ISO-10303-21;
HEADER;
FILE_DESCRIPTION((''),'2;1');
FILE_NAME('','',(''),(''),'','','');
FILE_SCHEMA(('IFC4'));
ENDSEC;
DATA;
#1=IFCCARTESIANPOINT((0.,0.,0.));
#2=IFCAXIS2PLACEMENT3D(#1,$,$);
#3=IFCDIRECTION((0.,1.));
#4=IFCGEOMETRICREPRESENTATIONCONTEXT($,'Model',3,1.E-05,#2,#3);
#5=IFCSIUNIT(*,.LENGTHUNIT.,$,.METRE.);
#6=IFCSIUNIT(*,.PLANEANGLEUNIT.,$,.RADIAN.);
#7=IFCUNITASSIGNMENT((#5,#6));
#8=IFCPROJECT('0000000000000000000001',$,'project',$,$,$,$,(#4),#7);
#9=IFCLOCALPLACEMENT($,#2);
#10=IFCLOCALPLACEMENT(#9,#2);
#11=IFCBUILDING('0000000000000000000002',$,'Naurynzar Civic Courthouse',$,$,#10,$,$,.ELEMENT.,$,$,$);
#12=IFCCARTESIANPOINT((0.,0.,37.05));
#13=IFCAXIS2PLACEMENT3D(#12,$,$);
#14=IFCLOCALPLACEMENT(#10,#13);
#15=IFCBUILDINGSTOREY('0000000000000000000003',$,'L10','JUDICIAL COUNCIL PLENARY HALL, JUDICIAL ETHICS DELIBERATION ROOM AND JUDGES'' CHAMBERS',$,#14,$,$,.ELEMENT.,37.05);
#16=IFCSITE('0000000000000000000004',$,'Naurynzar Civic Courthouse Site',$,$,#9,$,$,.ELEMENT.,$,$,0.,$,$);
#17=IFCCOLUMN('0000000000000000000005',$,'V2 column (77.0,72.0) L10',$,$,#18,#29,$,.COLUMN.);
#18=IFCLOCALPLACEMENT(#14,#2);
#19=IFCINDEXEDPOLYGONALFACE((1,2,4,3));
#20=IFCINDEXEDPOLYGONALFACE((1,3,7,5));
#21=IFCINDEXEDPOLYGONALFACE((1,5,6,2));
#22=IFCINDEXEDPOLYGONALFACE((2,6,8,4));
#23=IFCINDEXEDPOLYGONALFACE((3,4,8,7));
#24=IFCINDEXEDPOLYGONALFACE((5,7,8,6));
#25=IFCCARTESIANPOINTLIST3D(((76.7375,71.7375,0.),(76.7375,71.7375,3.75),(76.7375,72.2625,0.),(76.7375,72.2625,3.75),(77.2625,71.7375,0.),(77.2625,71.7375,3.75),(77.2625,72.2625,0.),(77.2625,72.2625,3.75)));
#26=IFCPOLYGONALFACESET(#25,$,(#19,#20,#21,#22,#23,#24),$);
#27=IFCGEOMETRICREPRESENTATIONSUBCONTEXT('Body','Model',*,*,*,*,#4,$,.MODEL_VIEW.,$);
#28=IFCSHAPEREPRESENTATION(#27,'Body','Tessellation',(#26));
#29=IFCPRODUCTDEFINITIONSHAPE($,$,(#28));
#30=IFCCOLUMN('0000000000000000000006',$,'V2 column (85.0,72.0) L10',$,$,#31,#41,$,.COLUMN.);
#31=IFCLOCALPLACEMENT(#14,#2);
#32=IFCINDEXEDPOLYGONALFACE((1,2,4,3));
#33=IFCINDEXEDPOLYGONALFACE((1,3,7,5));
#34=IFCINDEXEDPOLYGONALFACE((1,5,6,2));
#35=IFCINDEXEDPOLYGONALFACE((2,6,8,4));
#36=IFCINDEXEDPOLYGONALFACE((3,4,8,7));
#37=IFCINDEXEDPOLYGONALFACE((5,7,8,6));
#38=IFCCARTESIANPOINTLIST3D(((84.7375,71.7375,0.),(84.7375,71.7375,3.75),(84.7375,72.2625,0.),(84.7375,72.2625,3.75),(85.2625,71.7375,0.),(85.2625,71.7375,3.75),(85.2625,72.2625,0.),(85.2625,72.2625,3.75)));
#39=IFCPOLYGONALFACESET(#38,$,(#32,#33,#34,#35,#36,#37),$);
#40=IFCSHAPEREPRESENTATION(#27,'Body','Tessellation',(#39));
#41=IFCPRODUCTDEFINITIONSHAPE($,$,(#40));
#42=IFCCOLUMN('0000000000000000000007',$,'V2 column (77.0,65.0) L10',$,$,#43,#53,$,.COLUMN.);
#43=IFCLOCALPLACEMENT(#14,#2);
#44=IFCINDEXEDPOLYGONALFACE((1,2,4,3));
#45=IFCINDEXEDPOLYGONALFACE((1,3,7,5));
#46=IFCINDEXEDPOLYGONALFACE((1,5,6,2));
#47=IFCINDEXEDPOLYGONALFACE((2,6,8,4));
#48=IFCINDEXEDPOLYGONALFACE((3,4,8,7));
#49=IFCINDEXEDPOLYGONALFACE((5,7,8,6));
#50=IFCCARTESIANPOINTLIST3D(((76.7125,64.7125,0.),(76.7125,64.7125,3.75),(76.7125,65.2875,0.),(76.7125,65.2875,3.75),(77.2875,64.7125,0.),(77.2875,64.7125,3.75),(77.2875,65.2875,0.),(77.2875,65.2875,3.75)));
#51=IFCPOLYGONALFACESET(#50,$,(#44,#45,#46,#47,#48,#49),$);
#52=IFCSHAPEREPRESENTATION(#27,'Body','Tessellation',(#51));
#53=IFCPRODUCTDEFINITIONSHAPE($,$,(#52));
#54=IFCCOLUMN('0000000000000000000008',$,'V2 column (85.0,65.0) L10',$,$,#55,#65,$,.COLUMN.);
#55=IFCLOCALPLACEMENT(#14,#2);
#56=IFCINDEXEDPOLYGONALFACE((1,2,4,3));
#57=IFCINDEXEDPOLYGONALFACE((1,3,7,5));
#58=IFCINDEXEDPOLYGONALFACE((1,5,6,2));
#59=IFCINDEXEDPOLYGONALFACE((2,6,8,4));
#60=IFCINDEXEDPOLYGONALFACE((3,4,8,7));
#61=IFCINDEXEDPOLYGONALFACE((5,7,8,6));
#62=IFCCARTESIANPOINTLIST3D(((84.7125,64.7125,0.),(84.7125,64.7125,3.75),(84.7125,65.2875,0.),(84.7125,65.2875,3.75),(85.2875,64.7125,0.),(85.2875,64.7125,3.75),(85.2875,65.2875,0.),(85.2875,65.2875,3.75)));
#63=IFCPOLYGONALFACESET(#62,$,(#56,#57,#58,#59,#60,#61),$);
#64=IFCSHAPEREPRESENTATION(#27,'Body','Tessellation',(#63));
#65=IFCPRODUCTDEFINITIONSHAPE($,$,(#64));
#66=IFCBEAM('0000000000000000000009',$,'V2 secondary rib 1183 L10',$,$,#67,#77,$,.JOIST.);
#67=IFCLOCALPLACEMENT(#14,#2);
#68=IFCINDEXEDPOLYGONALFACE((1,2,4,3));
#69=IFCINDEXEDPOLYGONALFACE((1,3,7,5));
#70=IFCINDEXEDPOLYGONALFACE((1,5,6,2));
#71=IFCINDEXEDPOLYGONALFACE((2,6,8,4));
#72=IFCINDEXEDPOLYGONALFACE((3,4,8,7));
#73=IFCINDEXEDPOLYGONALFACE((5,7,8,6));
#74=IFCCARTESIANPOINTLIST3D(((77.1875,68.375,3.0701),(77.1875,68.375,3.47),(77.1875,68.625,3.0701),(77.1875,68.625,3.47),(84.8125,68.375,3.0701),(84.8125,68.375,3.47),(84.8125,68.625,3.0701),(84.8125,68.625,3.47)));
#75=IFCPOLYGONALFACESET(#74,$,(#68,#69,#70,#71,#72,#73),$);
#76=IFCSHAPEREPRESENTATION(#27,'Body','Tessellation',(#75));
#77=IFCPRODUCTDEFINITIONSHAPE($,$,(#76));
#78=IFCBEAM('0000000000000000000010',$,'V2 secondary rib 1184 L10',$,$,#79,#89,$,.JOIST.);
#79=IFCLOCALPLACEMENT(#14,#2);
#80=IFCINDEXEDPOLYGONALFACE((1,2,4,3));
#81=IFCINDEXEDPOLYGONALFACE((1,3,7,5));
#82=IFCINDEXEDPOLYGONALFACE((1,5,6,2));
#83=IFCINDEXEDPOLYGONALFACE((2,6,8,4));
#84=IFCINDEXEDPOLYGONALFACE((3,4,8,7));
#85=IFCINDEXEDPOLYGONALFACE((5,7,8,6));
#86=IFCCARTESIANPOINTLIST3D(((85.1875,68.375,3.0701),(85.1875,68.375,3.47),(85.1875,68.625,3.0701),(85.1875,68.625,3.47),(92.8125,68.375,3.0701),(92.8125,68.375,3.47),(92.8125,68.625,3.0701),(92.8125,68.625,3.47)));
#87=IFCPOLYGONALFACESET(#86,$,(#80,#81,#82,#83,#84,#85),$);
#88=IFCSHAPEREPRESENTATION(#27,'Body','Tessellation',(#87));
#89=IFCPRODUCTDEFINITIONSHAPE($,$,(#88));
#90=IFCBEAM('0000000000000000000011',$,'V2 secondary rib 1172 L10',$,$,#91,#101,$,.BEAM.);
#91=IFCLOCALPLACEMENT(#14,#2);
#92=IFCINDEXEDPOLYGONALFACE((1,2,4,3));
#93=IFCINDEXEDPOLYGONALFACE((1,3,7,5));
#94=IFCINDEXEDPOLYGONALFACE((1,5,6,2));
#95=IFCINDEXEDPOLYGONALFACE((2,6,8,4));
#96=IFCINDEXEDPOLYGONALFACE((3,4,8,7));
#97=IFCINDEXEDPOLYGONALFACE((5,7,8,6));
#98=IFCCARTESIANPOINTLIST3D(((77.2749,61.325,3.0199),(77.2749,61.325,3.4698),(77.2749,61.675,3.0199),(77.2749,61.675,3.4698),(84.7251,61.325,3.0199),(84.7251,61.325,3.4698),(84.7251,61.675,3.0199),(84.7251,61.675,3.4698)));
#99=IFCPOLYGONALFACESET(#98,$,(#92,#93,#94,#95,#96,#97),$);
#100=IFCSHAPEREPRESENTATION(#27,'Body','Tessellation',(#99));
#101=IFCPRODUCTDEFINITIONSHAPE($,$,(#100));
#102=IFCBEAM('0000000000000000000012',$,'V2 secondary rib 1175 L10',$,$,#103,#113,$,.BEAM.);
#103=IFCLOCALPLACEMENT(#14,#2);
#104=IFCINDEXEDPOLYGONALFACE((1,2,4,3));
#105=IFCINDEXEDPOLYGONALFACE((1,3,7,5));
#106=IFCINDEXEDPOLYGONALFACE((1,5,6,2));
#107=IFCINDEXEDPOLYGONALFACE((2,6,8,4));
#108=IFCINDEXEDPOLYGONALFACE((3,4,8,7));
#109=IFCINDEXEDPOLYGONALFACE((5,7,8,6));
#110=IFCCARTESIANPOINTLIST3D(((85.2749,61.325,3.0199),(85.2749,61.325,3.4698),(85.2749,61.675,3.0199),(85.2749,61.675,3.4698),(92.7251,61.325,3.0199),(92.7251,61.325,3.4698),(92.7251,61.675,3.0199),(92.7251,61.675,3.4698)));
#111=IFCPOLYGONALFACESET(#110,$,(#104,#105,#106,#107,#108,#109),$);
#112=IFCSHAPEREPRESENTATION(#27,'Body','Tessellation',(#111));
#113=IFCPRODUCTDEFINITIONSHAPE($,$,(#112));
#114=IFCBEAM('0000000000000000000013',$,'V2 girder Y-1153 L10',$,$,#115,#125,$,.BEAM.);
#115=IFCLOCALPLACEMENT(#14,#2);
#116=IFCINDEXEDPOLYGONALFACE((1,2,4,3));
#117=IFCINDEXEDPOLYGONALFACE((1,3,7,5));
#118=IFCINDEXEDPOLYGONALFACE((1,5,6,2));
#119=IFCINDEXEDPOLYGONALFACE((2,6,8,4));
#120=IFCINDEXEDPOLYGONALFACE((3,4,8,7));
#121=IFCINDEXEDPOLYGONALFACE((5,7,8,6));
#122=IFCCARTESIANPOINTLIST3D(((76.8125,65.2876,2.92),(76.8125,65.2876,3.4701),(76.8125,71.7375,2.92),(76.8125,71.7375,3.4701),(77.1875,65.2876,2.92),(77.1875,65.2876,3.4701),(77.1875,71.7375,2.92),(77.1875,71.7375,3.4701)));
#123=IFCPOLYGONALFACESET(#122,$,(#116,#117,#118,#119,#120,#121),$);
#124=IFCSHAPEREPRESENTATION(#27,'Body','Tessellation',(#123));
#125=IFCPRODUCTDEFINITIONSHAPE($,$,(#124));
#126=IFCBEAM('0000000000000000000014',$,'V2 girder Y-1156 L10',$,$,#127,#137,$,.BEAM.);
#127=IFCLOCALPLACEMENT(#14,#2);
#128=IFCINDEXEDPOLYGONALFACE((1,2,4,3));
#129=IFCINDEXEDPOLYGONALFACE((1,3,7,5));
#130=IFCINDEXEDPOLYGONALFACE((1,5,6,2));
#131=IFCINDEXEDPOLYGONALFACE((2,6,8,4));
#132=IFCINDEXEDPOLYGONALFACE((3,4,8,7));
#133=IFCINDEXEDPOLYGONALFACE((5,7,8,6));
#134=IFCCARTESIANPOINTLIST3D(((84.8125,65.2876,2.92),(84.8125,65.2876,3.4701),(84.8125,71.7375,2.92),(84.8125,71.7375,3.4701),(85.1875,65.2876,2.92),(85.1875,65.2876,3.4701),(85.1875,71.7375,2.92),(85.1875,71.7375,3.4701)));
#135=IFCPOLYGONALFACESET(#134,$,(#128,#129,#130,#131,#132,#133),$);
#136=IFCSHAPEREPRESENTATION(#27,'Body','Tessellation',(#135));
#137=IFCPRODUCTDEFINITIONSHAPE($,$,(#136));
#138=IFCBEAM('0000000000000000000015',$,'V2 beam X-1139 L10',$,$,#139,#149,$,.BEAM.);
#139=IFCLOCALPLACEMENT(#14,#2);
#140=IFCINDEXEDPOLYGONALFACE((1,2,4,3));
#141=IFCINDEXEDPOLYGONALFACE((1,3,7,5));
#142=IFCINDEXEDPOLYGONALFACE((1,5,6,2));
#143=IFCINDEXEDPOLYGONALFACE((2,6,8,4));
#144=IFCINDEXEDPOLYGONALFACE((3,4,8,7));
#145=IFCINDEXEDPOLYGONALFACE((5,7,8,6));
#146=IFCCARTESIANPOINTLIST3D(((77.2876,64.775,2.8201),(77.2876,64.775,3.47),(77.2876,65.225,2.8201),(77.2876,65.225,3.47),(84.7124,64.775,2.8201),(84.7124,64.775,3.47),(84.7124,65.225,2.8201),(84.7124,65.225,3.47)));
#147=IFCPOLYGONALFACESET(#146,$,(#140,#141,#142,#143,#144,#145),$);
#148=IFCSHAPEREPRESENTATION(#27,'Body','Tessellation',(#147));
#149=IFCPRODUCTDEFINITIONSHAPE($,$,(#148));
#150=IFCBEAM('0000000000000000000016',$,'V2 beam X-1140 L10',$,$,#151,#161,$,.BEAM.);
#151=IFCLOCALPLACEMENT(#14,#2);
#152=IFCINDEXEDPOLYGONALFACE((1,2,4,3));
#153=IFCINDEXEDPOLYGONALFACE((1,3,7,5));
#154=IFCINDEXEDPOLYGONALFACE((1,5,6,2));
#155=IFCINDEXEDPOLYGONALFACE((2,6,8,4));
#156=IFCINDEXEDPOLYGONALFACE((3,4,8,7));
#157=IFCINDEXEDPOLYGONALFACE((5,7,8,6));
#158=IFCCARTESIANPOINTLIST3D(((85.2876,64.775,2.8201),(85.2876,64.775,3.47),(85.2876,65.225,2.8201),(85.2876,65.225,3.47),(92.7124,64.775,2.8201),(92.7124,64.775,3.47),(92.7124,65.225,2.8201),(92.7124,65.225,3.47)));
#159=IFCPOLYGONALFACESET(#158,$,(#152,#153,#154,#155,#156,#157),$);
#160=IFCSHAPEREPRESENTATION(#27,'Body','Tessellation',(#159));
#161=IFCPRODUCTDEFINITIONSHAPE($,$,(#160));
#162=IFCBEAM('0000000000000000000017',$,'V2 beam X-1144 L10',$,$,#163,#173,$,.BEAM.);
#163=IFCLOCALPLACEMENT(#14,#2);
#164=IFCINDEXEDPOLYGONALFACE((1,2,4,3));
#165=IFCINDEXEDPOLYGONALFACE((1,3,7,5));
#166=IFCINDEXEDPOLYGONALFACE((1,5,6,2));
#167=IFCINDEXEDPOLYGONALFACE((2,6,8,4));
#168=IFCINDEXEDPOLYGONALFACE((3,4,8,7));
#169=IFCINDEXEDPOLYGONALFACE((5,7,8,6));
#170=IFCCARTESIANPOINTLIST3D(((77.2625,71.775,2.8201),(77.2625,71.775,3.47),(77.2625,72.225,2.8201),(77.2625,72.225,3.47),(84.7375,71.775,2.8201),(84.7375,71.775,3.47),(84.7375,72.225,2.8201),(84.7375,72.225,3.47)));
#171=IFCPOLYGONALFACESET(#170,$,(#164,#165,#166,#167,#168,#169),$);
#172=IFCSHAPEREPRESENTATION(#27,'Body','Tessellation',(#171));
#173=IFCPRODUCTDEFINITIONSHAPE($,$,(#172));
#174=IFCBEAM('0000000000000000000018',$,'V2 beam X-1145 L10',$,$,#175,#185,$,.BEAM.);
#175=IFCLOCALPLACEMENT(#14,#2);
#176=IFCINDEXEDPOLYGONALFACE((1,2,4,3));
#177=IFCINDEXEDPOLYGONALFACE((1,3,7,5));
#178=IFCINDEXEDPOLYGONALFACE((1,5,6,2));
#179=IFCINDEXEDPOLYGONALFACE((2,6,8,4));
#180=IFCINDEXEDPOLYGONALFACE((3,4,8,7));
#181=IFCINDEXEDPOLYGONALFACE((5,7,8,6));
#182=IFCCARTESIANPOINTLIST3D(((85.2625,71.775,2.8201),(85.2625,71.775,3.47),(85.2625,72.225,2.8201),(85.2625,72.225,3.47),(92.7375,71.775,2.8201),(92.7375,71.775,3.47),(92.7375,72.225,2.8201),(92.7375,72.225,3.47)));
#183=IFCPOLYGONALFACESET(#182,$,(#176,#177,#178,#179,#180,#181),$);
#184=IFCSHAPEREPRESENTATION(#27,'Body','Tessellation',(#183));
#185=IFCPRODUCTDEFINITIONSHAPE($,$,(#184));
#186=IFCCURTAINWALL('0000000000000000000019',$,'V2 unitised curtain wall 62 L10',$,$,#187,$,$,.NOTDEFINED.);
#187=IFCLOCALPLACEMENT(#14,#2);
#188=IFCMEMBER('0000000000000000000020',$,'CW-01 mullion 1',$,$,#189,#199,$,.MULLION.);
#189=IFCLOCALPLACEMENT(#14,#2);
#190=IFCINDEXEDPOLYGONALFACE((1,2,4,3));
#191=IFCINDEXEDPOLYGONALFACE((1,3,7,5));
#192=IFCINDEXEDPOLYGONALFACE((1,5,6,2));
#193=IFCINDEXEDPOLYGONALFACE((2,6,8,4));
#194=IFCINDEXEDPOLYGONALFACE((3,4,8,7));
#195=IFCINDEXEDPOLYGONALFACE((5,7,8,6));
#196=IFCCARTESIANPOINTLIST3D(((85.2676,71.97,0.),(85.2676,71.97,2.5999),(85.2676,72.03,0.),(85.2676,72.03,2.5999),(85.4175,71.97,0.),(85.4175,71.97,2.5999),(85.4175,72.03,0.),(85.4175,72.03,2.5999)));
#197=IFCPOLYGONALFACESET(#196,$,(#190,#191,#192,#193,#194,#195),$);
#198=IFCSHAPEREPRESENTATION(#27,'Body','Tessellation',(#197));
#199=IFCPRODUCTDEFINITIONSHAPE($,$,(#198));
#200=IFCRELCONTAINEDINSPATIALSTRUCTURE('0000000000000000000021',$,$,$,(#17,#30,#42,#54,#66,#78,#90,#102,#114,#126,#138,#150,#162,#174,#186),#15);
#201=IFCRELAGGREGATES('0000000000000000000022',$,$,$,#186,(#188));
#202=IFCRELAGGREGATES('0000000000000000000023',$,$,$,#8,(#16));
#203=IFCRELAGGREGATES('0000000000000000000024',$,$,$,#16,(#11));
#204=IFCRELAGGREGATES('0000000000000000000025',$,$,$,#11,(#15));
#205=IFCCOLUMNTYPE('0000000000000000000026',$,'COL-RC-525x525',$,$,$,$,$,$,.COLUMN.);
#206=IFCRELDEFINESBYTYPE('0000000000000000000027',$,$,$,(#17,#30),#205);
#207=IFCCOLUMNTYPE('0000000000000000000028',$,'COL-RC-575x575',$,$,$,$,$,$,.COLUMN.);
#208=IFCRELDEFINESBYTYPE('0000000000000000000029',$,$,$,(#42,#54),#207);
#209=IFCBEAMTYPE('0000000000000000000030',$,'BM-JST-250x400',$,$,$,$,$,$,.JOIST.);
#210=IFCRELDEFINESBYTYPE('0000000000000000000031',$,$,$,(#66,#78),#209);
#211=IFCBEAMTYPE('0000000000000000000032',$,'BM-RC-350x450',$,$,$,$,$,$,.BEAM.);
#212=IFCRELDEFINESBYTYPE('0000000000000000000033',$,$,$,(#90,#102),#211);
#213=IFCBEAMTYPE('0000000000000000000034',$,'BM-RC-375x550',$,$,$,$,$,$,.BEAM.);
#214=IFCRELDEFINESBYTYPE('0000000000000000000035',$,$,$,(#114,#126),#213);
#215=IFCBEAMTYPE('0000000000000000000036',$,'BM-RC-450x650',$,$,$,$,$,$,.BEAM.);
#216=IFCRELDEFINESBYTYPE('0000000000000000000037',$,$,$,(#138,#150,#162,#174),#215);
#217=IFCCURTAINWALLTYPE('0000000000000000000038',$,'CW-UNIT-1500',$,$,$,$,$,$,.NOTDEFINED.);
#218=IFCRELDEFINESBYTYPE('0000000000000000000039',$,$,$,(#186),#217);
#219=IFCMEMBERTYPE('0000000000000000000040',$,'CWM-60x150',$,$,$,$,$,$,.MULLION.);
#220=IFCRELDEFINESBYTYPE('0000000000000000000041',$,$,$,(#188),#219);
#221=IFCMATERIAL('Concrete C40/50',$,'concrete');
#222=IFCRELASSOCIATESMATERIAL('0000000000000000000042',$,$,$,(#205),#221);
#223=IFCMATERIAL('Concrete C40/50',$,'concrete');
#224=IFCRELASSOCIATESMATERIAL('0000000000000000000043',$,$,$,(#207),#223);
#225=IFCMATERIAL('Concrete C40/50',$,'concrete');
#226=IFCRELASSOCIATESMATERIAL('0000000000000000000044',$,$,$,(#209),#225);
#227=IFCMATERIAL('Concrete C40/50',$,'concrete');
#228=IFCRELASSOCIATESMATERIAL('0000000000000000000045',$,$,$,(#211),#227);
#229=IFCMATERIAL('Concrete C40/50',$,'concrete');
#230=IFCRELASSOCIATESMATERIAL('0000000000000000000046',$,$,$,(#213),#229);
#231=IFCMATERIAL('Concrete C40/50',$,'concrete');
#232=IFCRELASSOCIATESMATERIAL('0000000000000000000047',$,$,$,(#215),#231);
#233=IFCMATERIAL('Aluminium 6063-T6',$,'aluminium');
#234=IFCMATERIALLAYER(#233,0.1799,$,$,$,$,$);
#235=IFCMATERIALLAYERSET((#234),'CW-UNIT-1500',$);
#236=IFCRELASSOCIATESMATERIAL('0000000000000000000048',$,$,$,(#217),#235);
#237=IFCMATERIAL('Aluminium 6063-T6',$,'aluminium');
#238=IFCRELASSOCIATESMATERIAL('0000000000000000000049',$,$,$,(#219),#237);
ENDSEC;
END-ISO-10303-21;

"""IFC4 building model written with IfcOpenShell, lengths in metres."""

from ifc_helpers import new_model, si_unit, direction, frame, origin, origin_2d, place, context, subcontext, project, spatial, rectangle, extrude, material, layer, layer_set, material_profile, profile_set, type_object, element, aggregate, save


model = new_model("IFC4")

# Units and contexts
model_context = context("Model", 3, precision=1e-05, world=origin(), true_north=direction((0.0, 1.0)))
body_context = subcontext(model_context, "Body", "Model", "MODEL_VIEW")
ifc_project = project(units=[si_unit("LENGTHUNIT", "METRE"), si_unit("PLANEANGLEUNIT", "RADIAN")], contexts=[model_context])

# Site, building, storey
site_placement = place(None, origin())
site = spatial("IfcSite", under=ifc_project, at=site_placement, Name="Naurynzar Civic Courthouse Site", CompositionType="ELEMENT", RefElevation=0.0)
building_placement = place(site_placement, origin())
building = spatial("IfcBuilding", under=site, at=building_placement, Name="Naurynzar Civic Courthouse", CompositionType="ELEMENT")
storey_placement = place(building_placement, frame((0.0, 0.0, 37.05)))
storey = spatial("IfcBuildingStorey", under=building, at=storey_placement, Name="L10", Description="JUDICIAL COUNCIL PLENARY HALL, JUDICIAL ETHICS DELIBERATION ROOM AND JUDGES' CHAMBERS", CompositionType="ELEMENT", Elevation=37.05)

# Columns
ifc_material_1 = material(Name="Concrete C40/50", Category="concrete")
ifc_material_profile_1 = material_profile(ifc_material_1, rectangle(XDim=0.5249, YDim=0.5249, at=origin_2d()), Name="RC 525x525")
ifc_profile_set_1 = profile_set([ifc_material_profile_1], Name="Concrete C40/50")
column_type_1 = type_object("IfcColumnType", Name="COL-RC-525x525", PredefinedType="COLUMN", material=ifc_profile_set_1)
for number, where, z_axis, x_axis, name in (
    (1, (77.0, 72.0, 0.0), (0.0, 0.0, 1.0), (1.0, 0.0, 0.0), "V2 column (77.0,72.0) L10"),
    (2, (85.0, 72.0, 0.0), (0.0, 0.0, 1.0), (1.0, 0.0, 0.0), "V2 column (85.0,72.0) L10"),
):
    element("IfcColumn", number, at=place(storey_placement, frame(where, z_axis=z_axis, x_axis=x_axis)), inside=storey, type_object=column_type_1, Name=name, PredefinedType="COLUMN", context=body_context, shape_type="SweptSolid", body=[
        extrude(rectangle(XDim=0.5249, YDim=0.5249, at=origin_2d()), origin(), (0.0, 0.0, 1.0), 3.75),
    ])
ifc_material_2 = material(Name="Concrete C40/50", Category="concrete")
ifc_material_profile_2 = material_profile(ifc_material_2, rectangle(XDim=0.575, YDim=0.575, at=origin_2d()), Name="RC 575x575")
ifc_profile_set_2 = profile_set([ifc_material_profile_2], Name="Concrete C40/50")
column_type_2 = type_object("IfcColumnType", Name="COL-RC-575x575", PredefinedType="COLUMN", material=ifc_profile_set_2)
for number, where, z_axis, x_axis, name in (
    (3, (77.0, 65.0, 0.0), (0.0, 0.0, 1.0), (1.0, 0.0, 0.0), "V2 column (77.0,65.0) L10"),
    (4, (85.0, 65.0, 0.0), (0.0, 0.0, 1.0), (1.0, 0.0, 0.0), "V2 column (85.0,65.0) L10"),
):
    element("IfcColumn", number, at=place(storey_placement, frame(where, z_axis=z_axis, x_axis=x_axis)), inside=storey, type_object=column_type_2, Name=name, PredefinedType="COLUMN", context=body_context, shape_type="SweptSolid", body=[
        extrude(rectangle(XDim=0.575, YDim=0.575, at=origin_2d()), origin(), (0.0, 0.0, 1.0), 3.75),
    ])

# Beams
ifc_material_3 = material(Name="Concrete C40/50", Category="concrete")
ifc_material_profile_3 = material_profile(ifc_material_3, rectangle(XDim=0.25, YDim=0.3999, at=origin_2d()), Name="RCB 250x400")
ifc_profile_set_3 = profile_set([ifc_material_profile_3], Name="Concrete C40/50")
beam_type_1 = type_object("IfcBeamType", Name="BM-JST-250x400", PredefinedType="JOIST", material=ifc_profile_set_3)
for number, where, z_axis, x_axis, name in (
    (5, (77.1875, 68.5, 3.27), (1.0, 0.0, 0.0), (0.0, 1.0, 0.0), "V2 secondary rib 1183 L10"),
    (6, (85.1875, 68.5, 3.27), (1.0, 0.0, 0.0), (0.0, 1.0, 0.0), "V2 secondary rib 1184 L10"),
):
    element("IfcBeam", number, at=place(storey_placement, frame(where, z_axis=z_axis, x_axis=x_axis)), inside=storey, type_object=beam_type_1, Name=name, PredefinedType="JOIST", context=body_context, shape_type="SweptSolid", body=[
        extrude(rectangle(XDim=0.25, YDim=0.3999, at=origin_2d()), origin(), (0.0, 0.0, 1.0), 7.625),
    ])
ifc_material_4 = material(Name="Concrete C40/50", Category="concrete")
ifc_material_profile_4 = material_profile(ifc_material_4, rectangle(XDim=0.3501, YDim=0.45, at=origin_2d()), Name="RCB 350x450")
ifc_profile_set_4 = profile_set([ifc_material_profile_4], Name="Concrete C40/50")
beam_type_2 = type_object("IfcBeamType", Name="BM-RC-350x450", PredefinedType="BEAM", material=ifc_profile_set_4)
for number, where, z_axis, x_axis, name in (
    (7, (77.2749, 61.5, 3.2449), (1.0, 0.0, 0.0), (0.0, 1.0, 0.0), "V2 secondary rib 1172 L10"),
    (8, (85.2749, 61.5, 3.2449), (1.0, 0.0, 0.0), (0.0, 1.0, 0.0), "V2 secondary rib 1175 L10"),
):
    element("IfcBeam", number, at=place(storey_placement, frame(where, z_axis=z_axis, x_axis=x_axis)), inside=storey, type_object=beam_type_2, Name=name, PredefinedType="BEAM", context=body_context, shape_type="SweptSolid", body=[
        extrude(rectangle(XDim=0.3501, YDim=0.45, at=origin_2d()), origin(), (0.0, 0.0, 1.0), 7.4502),
    ])
ifc_material_5 = material(Name="Concrete C40/50", Category="concrete")
ifc_material_profile_5 = material_profile(ifc_material_5, rectangle(XDim=0.375, YDim=0.55, at=origin_2d()), Name="RCB 375x550")
ifc_profile_set_5 = profile_set([ifc_material_profile_5], Name="Concrete C40/50")
beam_type_3 = type_object("IfcBeamType", Name="BM-RC-375x550", PredefinedType="BEAM", material=ifc_profile_set_5)
for number, where, z_axis, x_axis, name in (
    (9, (77.0, 65.2876, 3.1951), (0.0, 1.0, 0.0), (-1.0, 0.0, 0.0), "V2 girder Y-1153 L10"),
    (10, (85.0, 65.2876, 3.1951), (0.0, 1.0, 0.0), (-1.0, 0.0, 0.0), "V2 girder Y-1156 L10"),
):
    element("IfcBeam", number, at=place(storey_placement, frame(where, z_axis=z_axis, x_axis=x_axis)), inside=storey, type_object=beam_type_3, Name=name, PredefinedType="BEAM", context=body_context, shape_type="SweptSolid", body=[
        extrude(rectangle(XDim=0.375, YDim=0.55, at=origin_2d()), origin(), (0.0, 0.0, 1.0), 6.45),
    ])
ifc_material_6 = material(Name="Concrete C40/50", Category="concrete")
ifc_material_profile_6 = material_profile(ifc_material_6, rectangle(XDim=0.45, YDim=0.6499, at=origin_2d()), Name="RCB 450x650")
ifc_profile_set_6 = profile_set([ifc_material_profile_6], Name="Concrete C40/50")
beam_type_4 = type_object("IfcBeamType", Name="BM-RC-450x650", PredefinedType="BEAM", material=ifc_profile_set_6)
for number, where, z_axis, x_axis, name in (
    (11, (77.2876, 65.0, 3.145), (1.0, 0.0, 0.0), (0.0, 1.0, 0.0), "V2 beam X-1139 L10"),
    (12, (85.2876, 65.0, 3.145), (1.0, 0.0, 0.0), (0.0, 1.0, 0.0), "V2 beam X-1140 L10"),
):
    element("IfcBeam", number, at=place(storey_placement, frame(where, z_axis=z_axis, x_axis=x_axis)), inside=storey, type_object=beam_type_4, Name=name, PredefinedType="BEAM", context=body_context, shape_type="SweptSolid", body=[
        extrude(rectangle(XDim=0.45, YDim=0.6499, at=origin_2d()), origin(), (0.0, 0.0, 1.0), 7.4248),
    ])
for number, where, z_axis, x_axis, name in (
    (13, (77.2625, 72.0, 3.145), (1.0, 0.0, 0.0), (0.0, 1.0, 0.0), "V2 beam X-1144 L10"),
    (14, (85.2625, 72.0, 3.145), (1.0, 0.0, 0.0), (0.0, 1.0, 0.0), "V2 beam X-1145 L10"),
):
    element("IfcBeam", number, at=place(storey_placement, frame(where, z_axis=z_axis, x_axis=x_axis)), inside=storey, type_object=beam_type_4, Name=name, PredefinedType="BEAM", context=body_context, shape_type="SweptSolid", body=[
        extrude(rectangle(XDim=0.45, YDim=0.6499, at=origin_2d()), origin(), (0.0, 0.0, 1.0), 7.4751),
    ])

# Curtain wall, member
ifc_material_7 = material(Name="Aluminium 6063-T6", Category="aluminium")
ifc_layer_1 = layer(ifc_material_7, 0.1799)
ifc_layer_set_1 = layer_set([ifc_layer_1], Name="CW-UNIT-1500")
curtain_wall_type = type_object("IfcCurtainWallType", Name="CW-UNIT-1500", PredefinedType="NOTDEFINED", material=ifc_layer_set_1)
curtain_wall_placement = place(storey_placement, origin())
curtain_wall = element("IfcCurtainWall", 15, at=curtain_wall_placement, inside=storey, type_object=curtain_wall_type, Name="V2 unitised curtain wall 62 L10", PredefinedType="NOTDEFINED")
ifc_material_8 = material(Name="Aluminium 6063-T6", Category="aluminium")
ifc_material_profile_7 = material_profile(ifc_material_8, rectangle(XDim=0.0601, YDim=0.1499, at=origin_2d()), Name="ALU MULLION 60x150")
ifc_profile_set_7 = profile_set([ifc_material_profile_7], Name="Aluminium 6063-T6")
member_type_1 = type_object("IfcMemberType", Name="CWM-60x150", PredefinedType="MULLION", material=ifc_profile_set_7)
member_1_placement = place(storey_placement, frame((85.3425, 72.0, 0.0), z_axis=(0.0, 0.0, 1.0), x_axis=(0.0, 1.0, 0.0)))
member_1 = element("IfcMember", 16, at=member_1_placement, type_object=member_type_1, Name="CW-01 mullion 1", PredefinedType="MULLION", context=body_context, shape_type="SweptSolid", body=[
    extrude(rectangle(XDim=0.0601, YDim=0.1499, at=origin_2d()), origin(), (0.0, 0.0, 1.0), 2.5999),
])
aggregate(curtain_wall, [member_1])

save(model, "model.ifc")
